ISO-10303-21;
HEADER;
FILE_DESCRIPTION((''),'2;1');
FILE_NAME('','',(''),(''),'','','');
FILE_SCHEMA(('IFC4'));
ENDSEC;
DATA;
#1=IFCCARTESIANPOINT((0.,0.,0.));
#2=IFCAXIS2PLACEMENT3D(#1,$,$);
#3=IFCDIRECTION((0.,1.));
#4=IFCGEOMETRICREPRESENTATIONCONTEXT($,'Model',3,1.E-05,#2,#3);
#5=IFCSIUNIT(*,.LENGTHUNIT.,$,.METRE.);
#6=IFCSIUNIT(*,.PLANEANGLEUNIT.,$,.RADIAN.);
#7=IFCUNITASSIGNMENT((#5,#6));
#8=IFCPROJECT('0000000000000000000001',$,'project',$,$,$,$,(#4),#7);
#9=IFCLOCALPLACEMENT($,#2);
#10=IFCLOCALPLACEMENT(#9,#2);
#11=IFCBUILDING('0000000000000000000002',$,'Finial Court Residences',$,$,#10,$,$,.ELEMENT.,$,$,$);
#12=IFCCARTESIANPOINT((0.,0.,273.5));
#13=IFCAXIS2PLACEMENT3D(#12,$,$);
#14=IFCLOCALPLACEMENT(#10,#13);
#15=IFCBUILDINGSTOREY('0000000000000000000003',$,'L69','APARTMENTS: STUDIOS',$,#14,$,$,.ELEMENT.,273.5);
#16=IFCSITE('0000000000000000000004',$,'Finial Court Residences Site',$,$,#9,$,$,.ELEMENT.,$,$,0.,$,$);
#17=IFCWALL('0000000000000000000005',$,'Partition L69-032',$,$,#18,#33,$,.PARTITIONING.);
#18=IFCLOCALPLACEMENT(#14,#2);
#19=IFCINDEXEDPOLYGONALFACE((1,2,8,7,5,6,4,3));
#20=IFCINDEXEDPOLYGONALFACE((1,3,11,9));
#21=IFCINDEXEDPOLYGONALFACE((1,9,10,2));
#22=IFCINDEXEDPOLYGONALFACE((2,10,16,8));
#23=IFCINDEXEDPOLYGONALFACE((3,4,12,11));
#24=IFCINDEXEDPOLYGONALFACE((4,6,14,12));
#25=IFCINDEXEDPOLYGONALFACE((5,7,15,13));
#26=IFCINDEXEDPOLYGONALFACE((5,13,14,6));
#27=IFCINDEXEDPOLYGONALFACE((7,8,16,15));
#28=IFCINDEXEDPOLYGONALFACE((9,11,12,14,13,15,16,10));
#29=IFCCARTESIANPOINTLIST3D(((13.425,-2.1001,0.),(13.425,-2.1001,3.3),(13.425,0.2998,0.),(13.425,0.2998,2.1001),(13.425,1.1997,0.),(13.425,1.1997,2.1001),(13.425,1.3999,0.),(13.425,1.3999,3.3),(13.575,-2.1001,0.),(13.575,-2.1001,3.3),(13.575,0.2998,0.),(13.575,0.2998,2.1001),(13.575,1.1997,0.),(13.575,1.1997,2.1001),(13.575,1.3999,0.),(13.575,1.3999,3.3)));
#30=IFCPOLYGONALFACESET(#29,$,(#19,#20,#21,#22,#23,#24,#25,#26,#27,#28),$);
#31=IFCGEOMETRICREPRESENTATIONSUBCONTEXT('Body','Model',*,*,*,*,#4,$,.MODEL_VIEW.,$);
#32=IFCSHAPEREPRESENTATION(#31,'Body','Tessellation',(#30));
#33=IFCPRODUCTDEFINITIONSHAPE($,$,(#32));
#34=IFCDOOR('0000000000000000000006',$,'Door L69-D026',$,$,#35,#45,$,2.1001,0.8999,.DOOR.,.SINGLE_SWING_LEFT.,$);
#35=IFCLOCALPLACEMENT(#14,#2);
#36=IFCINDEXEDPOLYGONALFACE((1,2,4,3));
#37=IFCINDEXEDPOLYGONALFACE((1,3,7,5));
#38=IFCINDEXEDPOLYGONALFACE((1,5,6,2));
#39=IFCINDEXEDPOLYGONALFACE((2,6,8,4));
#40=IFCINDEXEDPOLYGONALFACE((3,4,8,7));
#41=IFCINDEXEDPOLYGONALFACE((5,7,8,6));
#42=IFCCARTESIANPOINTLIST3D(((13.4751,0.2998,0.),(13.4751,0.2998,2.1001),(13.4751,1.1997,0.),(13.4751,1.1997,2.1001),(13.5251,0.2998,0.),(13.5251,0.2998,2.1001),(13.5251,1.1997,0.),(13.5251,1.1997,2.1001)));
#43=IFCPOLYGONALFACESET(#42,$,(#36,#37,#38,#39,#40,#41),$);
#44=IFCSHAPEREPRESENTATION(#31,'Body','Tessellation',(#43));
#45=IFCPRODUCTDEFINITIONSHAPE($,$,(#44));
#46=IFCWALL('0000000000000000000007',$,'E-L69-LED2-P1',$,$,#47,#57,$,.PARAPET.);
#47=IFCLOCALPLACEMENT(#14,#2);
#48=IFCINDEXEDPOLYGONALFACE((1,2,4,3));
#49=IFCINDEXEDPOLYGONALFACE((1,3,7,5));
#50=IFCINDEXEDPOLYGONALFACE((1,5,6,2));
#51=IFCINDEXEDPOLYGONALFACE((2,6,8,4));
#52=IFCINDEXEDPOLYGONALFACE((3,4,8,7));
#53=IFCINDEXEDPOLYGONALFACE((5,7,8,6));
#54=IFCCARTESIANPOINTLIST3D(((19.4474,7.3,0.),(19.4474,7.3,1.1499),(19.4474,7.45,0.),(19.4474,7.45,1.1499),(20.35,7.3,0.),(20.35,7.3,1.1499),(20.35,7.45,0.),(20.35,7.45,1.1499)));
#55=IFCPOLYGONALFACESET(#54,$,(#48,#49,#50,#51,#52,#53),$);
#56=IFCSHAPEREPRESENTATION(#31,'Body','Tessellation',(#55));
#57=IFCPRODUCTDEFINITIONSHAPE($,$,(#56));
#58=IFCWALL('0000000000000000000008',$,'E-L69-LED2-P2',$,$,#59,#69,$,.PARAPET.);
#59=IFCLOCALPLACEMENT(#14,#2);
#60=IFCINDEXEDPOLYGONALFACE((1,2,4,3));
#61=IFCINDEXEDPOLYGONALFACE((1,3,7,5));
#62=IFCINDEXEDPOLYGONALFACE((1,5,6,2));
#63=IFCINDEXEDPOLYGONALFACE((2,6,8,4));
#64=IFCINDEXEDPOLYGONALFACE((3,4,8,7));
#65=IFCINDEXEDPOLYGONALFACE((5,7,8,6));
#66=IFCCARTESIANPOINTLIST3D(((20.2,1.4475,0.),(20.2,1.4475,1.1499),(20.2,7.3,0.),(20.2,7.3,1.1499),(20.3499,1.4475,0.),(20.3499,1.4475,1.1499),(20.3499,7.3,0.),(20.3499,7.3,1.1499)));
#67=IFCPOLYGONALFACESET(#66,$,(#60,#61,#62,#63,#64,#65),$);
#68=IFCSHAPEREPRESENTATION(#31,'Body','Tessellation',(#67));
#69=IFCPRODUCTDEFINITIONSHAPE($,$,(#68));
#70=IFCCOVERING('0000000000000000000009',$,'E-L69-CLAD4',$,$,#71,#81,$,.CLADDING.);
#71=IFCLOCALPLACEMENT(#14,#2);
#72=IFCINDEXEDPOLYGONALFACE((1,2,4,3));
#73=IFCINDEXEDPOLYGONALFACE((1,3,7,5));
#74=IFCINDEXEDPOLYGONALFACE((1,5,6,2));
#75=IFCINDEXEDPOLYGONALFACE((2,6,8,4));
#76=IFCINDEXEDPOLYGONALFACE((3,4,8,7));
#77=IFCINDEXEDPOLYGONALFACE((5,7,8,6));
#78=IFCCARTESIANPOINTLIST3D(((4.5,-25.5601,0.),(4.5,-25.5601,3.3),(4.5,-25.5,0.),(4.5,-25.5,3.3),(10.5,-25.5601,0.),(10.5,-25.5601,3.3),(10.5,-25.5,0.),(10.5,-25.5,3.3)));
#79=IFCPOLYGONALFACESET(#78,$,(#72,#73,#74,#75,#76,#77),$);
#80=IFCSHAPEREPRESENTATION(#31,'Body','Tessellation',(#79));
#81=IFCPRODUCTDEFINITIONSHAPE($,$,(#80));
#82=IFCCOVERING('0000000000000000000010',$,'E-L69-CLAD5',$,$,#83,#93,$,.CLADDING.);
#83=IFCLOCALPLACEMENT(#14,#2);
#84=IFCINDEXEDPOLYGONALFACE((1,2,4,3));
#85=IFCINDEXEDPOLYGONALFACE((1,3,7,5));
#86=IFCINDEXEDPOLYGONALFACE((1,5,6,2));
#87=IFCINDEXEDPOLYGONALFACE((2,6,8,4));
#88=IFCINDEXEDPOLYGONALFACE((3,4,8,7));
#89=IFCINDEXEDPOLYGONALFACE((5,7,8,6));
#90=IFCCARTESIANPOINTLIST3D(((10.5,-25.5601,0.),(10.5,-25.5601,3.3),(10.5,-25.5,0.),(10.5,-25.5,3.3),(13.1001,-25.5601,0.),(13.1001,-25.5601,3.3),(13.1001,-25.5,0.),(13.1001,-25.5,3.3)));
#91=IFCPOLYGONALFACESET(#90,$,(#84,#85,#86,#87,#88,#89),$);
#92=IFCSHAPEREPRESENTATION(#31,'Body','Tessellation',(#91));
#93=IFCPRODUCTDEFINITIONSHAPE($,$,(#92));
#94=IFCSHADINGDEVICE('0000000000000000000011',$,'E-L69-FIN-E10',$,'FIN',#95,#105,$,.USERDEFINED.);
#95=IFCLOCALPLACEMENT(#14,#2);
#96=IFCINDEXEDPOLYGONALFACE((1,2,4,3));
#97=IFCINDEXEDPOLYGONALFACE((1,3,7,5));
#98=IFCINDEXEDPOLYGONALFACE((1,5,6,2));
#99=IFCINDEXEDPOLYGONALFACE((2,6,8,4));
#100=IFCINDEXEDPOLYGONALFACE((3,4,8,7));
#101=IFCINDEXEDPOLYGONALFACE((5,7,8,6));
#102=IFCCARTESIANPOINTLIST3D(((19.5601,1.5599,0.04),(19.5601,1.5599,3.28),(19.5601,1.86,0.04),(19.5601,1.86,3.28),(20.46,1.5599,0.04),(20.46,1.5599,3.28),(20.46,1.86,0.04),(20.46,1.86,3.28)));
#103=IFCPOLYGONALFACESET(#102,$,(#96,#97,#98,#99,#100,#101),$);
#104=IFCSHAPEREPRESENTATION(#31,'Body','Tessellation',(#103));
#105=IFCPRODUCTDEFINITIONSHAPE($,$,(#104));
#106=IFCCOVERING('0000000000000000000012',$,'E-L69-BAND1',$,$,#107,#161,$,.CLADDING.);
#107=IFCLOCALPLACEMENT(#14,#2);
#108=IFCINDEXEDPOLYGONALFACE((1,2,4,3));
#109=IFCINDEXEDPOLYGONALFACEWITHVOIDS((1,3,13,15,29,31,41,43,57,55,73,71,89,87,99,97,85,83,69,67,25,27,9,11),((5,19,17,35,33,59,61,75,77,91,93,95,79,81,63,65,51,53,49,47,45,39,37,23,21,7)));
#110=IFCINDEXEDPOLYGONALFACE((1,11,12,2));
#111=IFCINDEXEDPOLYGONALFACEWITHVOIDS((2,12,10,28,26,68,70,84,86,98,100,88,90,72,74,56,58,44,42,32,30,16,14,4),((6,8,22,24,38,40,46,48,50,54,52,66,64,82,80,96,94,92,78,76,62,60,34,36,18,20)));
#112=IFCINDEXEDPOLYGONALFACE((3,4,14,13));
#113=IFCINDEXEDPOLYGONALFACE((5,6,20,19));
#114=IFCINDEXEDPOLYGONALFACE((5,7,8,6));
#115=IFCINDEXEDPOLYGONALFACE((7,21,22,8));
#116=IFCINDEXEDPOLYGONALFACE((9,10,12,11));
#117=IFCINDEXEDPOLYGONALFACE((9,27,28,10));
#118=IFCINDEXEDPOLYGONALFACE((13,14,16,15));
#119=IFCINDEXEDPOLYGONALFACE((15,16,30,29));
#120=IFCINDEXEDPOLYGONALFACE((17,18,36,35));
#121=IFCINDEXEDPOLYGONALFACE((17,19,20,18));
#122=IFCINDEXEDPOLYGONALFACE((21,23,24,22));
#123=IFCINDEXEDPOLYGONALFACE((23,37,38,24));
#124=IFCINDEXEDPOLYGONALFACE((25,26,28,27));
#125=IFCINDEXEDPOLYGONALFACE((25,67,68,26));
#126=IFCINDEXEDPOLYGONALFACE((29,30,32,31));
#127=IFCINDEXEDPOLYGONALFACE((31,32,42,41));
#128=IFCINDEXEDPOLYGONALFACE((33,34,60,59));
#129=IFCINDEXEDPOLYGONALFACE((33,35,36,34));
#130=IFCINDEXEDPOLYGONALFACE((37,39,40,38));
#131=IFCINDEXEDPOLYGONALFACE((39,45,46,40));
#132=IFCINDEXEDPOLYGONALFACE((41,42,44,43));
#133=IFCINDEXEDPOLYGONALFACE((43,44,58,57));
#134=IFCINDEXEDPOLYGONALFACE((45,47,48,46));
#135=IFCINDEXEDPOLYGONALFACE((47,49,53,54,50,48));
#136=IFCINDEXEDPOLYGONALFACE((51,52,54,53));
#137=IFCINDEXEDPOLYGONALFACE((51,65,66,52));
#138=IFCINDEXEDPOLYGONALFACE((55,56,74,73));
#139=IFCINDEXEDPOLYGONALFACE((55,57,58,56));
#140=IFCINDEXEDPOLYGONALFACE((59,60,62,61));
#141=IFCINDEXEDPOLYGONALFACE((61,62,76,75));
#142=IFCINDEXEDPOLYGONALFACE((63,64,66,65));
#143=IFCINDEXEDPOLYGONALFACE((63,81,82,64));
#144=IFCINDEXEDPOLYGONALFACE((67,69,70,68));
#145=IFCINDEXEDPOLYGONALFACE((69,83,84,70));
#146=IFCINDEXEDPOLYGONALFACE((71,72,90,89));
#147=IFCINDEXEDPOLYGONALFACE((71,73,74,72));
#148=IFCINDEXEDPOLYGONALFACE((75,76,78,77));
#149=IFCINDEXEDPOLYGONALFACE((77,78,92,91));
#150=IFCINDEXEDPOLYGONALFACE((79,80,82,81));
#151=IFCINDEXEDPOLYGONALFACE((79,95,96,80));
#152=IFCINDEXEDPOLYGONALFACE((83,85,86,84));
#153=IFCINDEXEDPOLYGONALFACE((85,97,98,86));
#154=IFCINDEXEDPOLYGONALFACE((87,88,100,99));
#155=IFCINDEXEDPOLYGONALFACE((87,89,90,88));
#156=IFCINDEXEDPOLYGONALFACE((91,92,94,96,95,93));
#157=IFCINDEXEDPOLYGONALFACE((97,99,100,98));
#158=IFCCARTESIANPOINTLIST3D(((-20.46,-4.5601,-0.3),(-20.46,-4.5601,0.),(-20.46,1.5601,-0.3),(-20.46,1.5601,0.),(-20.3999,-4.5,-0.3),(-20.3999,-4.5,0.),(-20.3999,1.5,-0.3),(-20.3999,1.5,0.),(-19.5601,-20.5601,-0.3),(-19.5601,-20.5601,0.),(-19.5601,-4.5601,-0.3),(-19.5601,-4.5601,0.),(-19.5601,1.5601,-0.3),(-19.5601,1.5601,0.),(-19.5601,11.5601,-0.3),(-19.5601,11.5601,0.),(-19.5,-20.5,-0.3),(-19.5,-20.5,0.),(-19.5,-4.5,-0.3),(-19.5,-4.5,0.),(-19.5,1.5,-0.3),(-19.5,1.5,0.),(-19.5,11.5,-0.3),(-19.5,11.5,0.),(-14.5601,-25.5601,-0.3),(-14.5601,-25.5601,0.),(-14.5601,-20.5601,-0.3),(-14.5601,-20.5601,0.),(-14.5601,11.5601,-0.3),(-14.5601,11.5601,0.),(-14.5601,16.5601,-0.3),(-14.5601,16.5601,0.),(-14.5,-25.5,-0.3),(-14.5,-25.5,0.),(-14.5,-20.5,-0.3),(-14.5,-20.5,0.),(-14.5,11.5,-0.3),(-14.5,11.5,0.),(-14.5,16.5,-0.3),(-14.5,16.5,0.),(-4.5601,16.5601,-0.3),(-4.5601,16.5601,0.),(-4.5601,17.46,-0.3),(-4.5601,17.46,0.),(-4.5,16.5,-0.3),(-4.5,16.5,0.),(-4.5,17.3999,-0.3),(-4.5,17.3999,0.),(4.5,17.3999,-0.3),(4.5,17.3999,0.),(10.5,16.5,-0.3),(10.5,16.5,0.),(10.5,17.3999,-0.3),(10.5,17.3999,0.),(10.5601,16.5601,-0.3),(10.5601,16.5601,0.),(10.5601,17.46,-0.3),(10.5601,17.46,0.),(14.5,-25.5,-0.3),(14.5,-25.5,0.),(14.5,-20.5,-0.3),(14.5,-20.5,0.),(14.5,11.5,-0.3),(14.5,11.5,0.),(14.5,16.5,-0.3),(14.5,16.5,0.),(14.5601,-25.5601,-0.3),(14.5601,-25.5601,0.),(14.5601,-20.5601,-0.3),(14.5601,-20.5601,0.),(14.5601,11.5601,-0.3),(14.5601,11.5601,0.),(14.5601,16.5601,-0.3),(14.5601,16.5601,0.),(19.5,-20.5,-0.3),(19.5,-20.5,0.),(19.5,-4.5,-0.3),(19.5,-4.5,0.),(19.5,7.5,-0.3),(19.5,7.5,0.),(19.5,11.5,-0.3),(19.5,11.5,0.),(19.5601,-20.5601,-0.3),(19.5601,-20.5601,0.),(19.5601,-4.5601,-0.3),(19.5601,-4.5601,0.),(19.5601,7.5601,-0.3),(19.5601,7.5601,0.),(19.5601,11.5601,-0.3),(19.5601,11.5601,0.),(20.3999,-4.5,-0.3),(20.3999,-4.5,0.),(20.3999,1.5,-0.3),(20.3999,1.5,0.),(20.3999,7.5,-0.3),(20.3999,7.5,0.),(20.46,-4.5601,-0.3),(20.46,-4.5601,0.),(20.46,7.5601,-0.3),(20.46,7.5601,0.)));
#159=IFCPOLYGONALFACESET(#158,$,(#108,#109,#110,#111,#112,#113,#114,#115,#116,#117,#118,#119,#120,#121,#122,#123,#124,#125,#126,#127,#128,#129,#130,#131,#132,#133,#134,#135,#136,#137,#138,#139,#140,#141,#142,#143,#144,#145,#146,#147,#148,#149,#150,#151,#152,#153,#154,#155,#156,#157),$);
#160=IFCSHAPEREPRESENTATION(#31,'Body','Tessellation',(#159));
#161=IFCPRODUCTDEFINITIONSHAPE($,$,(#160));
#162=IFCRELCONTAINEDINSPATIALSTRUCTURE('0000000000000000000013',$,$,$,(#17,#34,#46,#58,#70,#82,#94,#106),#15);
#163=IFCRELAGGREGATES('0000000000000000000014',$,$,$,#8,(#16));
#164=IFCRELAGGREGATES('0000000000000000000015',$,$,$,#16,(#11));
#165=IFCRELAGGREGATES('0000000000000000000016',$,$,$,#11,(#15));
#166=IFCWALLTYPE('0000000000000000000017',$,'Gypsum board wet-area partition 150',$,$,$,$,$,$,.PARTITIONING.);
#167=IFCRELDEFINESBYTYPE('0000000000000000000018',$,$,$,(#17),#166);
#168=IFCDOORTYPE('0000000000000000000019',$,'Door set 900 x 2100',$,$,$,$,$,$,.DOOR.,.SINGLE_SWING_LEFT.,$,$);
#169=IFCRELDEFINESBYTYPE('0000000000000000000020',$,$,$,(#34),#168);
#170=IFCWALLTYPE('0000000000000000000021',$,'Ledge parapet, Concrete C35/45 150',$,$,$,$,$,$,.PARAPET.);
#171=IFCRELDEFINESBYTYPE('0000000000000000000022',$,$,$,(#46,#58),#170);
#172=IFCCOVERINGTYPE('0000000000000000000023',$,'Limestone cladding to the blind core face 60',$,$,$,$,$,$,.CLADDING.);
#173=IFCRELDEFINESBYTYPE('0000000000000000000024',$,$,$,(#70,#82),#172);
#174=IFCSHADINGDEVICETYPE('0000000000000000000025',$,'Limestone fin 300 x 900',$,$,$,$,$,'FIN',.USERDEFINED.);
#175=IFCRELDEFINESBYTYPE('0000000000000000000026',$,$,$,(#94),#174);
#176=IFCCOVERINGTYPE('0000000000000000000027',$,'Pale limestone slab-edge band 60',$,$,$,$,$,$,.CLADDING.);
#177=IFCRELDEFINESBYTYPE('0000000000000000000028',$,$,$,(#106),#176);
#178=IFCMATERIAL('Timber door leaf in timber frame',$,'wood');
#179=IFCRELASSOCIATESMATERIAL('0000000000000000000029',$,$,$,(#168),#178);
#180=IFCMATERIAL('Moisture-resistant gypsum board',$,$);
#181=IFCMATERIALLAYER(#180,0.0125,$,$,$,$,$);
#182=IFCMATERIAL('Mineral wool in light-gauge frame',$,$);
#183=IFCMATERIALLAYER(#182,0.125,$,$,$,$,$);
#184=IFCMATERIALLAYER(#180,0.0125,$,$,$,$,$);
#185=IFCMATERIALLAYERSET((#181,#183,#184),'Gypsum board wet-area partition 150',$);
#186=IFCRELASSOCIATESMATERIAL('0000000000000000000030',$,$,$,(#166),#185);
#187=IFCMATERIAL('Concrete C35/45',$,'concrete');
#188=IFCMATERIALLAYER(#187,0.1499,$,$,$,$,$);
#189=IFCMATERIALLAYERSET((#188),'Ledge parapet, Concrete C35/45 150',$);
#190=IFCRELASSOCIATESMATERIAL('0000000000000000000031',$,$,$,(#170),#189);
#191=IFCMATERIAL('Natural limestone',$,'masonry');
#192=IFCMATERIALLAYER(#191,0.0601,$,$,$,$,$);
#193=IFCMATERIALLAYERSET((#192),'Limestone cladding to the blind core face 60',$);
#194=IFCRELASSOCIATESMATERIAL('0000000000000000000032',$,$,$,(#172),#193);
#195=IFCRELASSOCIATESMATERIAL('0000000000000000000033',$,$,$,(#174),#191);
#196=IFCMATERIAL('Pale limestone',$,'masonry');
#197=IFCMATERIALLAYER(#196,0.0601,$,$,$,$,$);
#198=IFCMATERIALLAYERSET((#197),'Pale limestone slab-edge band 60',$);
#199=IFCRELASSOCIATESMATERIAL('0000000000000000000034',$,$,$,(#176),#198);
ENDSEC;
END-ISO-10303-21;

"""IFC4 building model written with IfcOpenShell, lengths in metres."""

from ifc_helpers import new_model, si_unit, direction, frame, frame_2d, origin, origin_2d, place, context, subcontext, project, spatial, polyline, rectangle, outline, extrude, material, layer, layer_set, type_object, element, fill, save


model = new_model("IFC4")

# Units and contexts
model_context = context("Model", 3, precision=1e-05, world=origin(), true_north=direction((0.0, 1.0)))
body_context = subcontext(model_context, "Body", "Model", "MODEL_VIEW")
ifc_project = project(units=[si_unit("LENGTHUNIT", "METRE"), si_unit("PLANEANGLEUNIT", "RADIAN")], contexts=[model_context])

# Site, building, storey
site_placement = place(None, origin())
site = spatial("IfcSite", under=ifc_project, at=site_placement, Name="Finial Court Residences Site", CompositionType="ELEMENT", RefElevation=0.0)
building_placement = place(site_placement, origin())
building = spatial("IfcBuilding", under=site, at=building_placement, Name="Finial Court Residences", CompositionType="ELEMENT")
storey_placement = place(building_placement, frame((0.0, 0.0, 273.5)))
storey = spatial("IfcBuildingStorey", under=building, at=storey_placement, Name="L69", Description="APARTMENTS: STUDIOS", CompositionType="ELEMENT", Elevation=273.5)

# Shared definitions
ifc_material_1 = material(Name="Concrete C35/45", Category="concrete")

# Shared definitions
ifc_material_2 = material(Name="Mineral wool in light-gauge frame")

# Shared definitions
ifc_material_3 = material(Name="Timber door leaf in timber frame", Category="wood")
door_type = type_object("IfcDoorType", Name="Door set 900 x 2100", OperationType="SINGLE_SWING_LEFT", PredefinedType="DOOR", material=ifc_material_3)

# Shared definitions
ifc_material_4 = material(Name="Moisture-resistant gypsum board")
ifc_layer_1 = layer(ifc_material_4, 0.0125)
ifc_layer_2 = layer(ifc_material_2, 0.125)
ifc_layer_3 = layer(ifc_material_4, 0.0125)
ifc_layer_set_1 = layer_set([ifc_layer_1, ifc_layer_2, ifc_layer_3], Name="Gypsum board wet-area partition 150")
wall_type_1 = type_object("IfcWallType", Name="Gypsum board wet-area partition 150", PredefinedType="PARTITIONING", material=ifc_layer_set_1)

# Wall, opening, door
wall_1_placement = place(storey_placement, frame((13.5, -2.1001, 0.0), z_axis=(0.0, 0.0, 1.0), x_axis=(0.0, 1.0, 0.0)))
wall_1 = element("IfcWall", 1, at=wall_1_placement, inside=storey, type_object=wall_type_1, Name="Partition L69-032", PredefinedType="PARTITIONING", context=body_context, shape_type="SweptSolid", body=[
    extrude(rectangle(XDim=3.5, YDim=0.1499, at=frame_2d((1.75, 0.0))), origin(), (0.0, 0.0, 1.0), 3.3),
])
opening_1_placement = place(wall_1_placement, frame((2.3999, 0.0, 0.0)))
opening_1 = element("IfcOpeningElement", 2, at=opening_1_placement, cuts=wall_1, PredefinedType="OPENING", context=body_context, shape_type="SweptSolid", body=[
    extrude(rectangle(XDim=0.8999, YDim=2.1001, at=frame_2d((0.45, 1.05))), frame((0.0, 0.085, 0.0), z_axis=(0.0, -1.0, 0.0), x_axis=(1.0, 0.0, 0.0)), (0.0, 0.0, 1.0), 0.1699),
])
door_1_placement = place(opening_1_placement, origin())
door_1 = element("IfcDoor", 3, at=door_1_placement, inside=storey, type_object=door_type, Name="Door L69-D026", OperationType="SINGLE_SWING_LEFT", OverallHeight=2.1001, OverallWidth=0.8999, PredefinedType="DOOR", context=body_context, shape_type="SweptSolid", body=[
    extrude(rectangle(XDim=0.8999, YDim=2.1001, at=frame_2d((0.45, 1.05))), frame((0.0, 0.0249, 0.0), z_axis=(0.0, -1.0, 0.0), x_axis=(1.0, 0.0, 0.0)), (0.0, 0.0, 1.0), 0.05),
])
fill(opening_1, door_1)

# Walls
ifc_layer_4 = layer(ifc_material_1, 0.1499)
ifc_layer_set_2 = layer_set([ifc_layer_4], Name="Ledge parapet, Concrete C35/45 150")
wall_type_2 = type_object("IfcWallType", Name="Ledge parapet, Concrete C35/45 150", PredefinedType="PARAPET", material=ifc_layer_set_2)
wall_2_placement = place(storey_placement, frame((19.4475, 7.375, 0.0), z_axis=(0.0, 0.0, 1.0), x_axis=(1.0, 0.0, 0.0)))
element("IfcWall", 4, at=wall_2_placement, inside=storey, type_object=wall_type_2, Name="E-L69-LED2-P1", PredefinedType="PARAPET", context=body_context, shape_type="SweptSolid", body=[
    extrude(rectangle(XDim=0.9026, YDim=0.1499, at=frame_2d((0.4512, 0.0))), origin(), (0.0, 0.0, 1.0), 1.1499),
])
wall_3_placement = place(storey_placement, frame((20.2749, 7.3, 0.0), z_axis=(0.0, 0.0, 1.0), x_axis=(0.0, -1.0, 0.0)))
element("IfcWall", 5, at=wall_3_placement, inside=storey, type_object=wall_type_2, Name="E-L69-LED2-P2", PredefinedType="PARAPET", context=body_context, shape_type="SweptSolid", body=[
    extrude(rectangle(XDim=5.8525, YDim=0.1499, at=frame_2d((2.9263, 0.0))), origin(), (0.0, 0.0, 1.0), 1.1499),
])

# Coverings
ifc_material_5 = material(Name="Natural limestone", Category="masonry")
ifc_layer_5 = layer(ifc_material_5, 0.0601)
ifc_layer_set_3 = layer_set([ifc_layer_5], Name="Limestone cladding to the blind core face 60")
covering_type_1 = type_object("IfcCoveringType", Name="Limestone cladding to the blind core face 60", PredefinedType="CLADDING", material=ifc_layer_set_3)
covering_1_placement = place(storey_placement, origin())
element("IfcCovering", 6, at=covering_1_placement, inside=storey, type_object=covering_type_1, Name="E-L69-CLAD4", PredefinedType="CLADDING", context=body_context, shape_type="SweptSolid", body=[
    extrude(outline(polyline([(10.5, -25.5601), (10.5, -25.5), (4.5, -25.5), (4.5, -25.5601), (10.5, -25.5601)])), origin(), (0.0, 0.0, 1.0), 3.3),
])
covering_2_placement = place(storey_placement, origin())
element("IfcCovering", 7, at=covering_2_placement, inside=storey, type_object=covering_type_1, Name="E-L69-CLAD5", PredefinedType="CLADDING", context=body_context, shape_type="SweptSolid", body=[
    extrude(outline(polyline([(13.1001, -25.5601), (13.1001, -25.5), (10.5, -25.5), (10.5, -25.5601), (13.1001, -25.5601)])), origin(), (0.0, 0.0, 1.0), 3.3),
])

# Shading device
shading_device_type = type_object("IfcShadingDeviceType", Name="Limestone fin 300 x 900", ElementType="FIN", PredefinedType="USERDEFINED", material=ifc_material_5)
shading_device_placement = place(storey_placement, frame((20.01, 1.71, 0.04), z_axis=(0.0, 0.0, 1.0), x_axis=(1.0, 0.0, 0.0)))
element("IfcShadingDevice", 8, at=shading_device_placement, inside=storey, type_object=shading_device_type, Name="E-L69-FIN-E10", ObjectType="FIN", PredefinedType="USERDEFINED", context=body_context, shape_type="SweptSolid", body=[
    extrude(rectangle(XDim=0.8999, YDim=0.3, at=origin_2d()), origin(), (0.0, 0.0, 1.0), 3.24),
])

# Covering
ifc_material_6 = material(Name="Pale limestone", Category="masonry")
ifc_layer_6 = layer(ifc_material_6, 0.0601)
ifc_layer_set_4 = layer_set([ifc_layer_6], Name="Pale limestone slab-edge band 60")
covering_type_2 = type_object("IfcCoveringType", Name="Pale limestone slab-edge band 60", PredefinedType="CLADDING", material=ifc_layer_set_4)
covering_3_placement = place(storey_placement, frame((0.0, 0.0, -0.3)))
element("IfcCovering", 9, at=covering_3_placement, inside=storey, type_object=covering_type_2, Name="E-L69-BAND1", PredefinedType="CLADDING", context=body_context, shape_type="SweptSolid", body=[
    extrude(outline(polyline([(-20.46, -4.5601), (-20.46, 1.5601), (-19.5601, 1.5601), (-19.5601, 11.5601), (-14.5601, 11.5601), (-14.5601, 16.5601), (-4.5601, 16.5601), (-4.5601, 17.46), (10.5601, 17.46), (10.5601, 16.5601), (14.5601, 16.5601), (14.5601, 11.5601), (19.5601, 11.5601), (19.5601, 7.5601), (20.46, 7.5601), (20.46, -4.5601), (19.5601, -4.5601), (19.5601, -20.5601), (14.5601, -20.5601), (14.5601, -25.5601), (-14.5601, -25.5601), (-14.5601, -20.5601), (-19.5601, -20.5601), (-19.5601, -4.5601), (-20.46, -4.5601)]), holes=[polyline([(-19.5, -20.5), (-14.5, -20.5), (-14.5, -25.5), (14.5, -25.5), (14.5, -20.5), (19.5, -20.5), (19.5, -4.5), (20.3999, -4.5), (20.3999, 1.5), (20.3999, 7.5), (19.5, 7.5), (19.5, 11.5), (14.5, 11.5), (14.5, 16.5), (10.5, 16.5), (10.5, 17.3999), (4.5, 17.3999), (-4.5, 17.3999), (-4.5, 16.5), (-14.5, 16.5), (-14.5, 11.5), (-19.5, 11.5), (-19.5, 1.5), (-20.3999, 1.5), (-20.3999, -4.5), (-19.5, -4.5), (-19.5, -20.5)])]), origin(), (0.0, 0.0, 1.0), 0.3),
])

save(model, "model.ifc")
